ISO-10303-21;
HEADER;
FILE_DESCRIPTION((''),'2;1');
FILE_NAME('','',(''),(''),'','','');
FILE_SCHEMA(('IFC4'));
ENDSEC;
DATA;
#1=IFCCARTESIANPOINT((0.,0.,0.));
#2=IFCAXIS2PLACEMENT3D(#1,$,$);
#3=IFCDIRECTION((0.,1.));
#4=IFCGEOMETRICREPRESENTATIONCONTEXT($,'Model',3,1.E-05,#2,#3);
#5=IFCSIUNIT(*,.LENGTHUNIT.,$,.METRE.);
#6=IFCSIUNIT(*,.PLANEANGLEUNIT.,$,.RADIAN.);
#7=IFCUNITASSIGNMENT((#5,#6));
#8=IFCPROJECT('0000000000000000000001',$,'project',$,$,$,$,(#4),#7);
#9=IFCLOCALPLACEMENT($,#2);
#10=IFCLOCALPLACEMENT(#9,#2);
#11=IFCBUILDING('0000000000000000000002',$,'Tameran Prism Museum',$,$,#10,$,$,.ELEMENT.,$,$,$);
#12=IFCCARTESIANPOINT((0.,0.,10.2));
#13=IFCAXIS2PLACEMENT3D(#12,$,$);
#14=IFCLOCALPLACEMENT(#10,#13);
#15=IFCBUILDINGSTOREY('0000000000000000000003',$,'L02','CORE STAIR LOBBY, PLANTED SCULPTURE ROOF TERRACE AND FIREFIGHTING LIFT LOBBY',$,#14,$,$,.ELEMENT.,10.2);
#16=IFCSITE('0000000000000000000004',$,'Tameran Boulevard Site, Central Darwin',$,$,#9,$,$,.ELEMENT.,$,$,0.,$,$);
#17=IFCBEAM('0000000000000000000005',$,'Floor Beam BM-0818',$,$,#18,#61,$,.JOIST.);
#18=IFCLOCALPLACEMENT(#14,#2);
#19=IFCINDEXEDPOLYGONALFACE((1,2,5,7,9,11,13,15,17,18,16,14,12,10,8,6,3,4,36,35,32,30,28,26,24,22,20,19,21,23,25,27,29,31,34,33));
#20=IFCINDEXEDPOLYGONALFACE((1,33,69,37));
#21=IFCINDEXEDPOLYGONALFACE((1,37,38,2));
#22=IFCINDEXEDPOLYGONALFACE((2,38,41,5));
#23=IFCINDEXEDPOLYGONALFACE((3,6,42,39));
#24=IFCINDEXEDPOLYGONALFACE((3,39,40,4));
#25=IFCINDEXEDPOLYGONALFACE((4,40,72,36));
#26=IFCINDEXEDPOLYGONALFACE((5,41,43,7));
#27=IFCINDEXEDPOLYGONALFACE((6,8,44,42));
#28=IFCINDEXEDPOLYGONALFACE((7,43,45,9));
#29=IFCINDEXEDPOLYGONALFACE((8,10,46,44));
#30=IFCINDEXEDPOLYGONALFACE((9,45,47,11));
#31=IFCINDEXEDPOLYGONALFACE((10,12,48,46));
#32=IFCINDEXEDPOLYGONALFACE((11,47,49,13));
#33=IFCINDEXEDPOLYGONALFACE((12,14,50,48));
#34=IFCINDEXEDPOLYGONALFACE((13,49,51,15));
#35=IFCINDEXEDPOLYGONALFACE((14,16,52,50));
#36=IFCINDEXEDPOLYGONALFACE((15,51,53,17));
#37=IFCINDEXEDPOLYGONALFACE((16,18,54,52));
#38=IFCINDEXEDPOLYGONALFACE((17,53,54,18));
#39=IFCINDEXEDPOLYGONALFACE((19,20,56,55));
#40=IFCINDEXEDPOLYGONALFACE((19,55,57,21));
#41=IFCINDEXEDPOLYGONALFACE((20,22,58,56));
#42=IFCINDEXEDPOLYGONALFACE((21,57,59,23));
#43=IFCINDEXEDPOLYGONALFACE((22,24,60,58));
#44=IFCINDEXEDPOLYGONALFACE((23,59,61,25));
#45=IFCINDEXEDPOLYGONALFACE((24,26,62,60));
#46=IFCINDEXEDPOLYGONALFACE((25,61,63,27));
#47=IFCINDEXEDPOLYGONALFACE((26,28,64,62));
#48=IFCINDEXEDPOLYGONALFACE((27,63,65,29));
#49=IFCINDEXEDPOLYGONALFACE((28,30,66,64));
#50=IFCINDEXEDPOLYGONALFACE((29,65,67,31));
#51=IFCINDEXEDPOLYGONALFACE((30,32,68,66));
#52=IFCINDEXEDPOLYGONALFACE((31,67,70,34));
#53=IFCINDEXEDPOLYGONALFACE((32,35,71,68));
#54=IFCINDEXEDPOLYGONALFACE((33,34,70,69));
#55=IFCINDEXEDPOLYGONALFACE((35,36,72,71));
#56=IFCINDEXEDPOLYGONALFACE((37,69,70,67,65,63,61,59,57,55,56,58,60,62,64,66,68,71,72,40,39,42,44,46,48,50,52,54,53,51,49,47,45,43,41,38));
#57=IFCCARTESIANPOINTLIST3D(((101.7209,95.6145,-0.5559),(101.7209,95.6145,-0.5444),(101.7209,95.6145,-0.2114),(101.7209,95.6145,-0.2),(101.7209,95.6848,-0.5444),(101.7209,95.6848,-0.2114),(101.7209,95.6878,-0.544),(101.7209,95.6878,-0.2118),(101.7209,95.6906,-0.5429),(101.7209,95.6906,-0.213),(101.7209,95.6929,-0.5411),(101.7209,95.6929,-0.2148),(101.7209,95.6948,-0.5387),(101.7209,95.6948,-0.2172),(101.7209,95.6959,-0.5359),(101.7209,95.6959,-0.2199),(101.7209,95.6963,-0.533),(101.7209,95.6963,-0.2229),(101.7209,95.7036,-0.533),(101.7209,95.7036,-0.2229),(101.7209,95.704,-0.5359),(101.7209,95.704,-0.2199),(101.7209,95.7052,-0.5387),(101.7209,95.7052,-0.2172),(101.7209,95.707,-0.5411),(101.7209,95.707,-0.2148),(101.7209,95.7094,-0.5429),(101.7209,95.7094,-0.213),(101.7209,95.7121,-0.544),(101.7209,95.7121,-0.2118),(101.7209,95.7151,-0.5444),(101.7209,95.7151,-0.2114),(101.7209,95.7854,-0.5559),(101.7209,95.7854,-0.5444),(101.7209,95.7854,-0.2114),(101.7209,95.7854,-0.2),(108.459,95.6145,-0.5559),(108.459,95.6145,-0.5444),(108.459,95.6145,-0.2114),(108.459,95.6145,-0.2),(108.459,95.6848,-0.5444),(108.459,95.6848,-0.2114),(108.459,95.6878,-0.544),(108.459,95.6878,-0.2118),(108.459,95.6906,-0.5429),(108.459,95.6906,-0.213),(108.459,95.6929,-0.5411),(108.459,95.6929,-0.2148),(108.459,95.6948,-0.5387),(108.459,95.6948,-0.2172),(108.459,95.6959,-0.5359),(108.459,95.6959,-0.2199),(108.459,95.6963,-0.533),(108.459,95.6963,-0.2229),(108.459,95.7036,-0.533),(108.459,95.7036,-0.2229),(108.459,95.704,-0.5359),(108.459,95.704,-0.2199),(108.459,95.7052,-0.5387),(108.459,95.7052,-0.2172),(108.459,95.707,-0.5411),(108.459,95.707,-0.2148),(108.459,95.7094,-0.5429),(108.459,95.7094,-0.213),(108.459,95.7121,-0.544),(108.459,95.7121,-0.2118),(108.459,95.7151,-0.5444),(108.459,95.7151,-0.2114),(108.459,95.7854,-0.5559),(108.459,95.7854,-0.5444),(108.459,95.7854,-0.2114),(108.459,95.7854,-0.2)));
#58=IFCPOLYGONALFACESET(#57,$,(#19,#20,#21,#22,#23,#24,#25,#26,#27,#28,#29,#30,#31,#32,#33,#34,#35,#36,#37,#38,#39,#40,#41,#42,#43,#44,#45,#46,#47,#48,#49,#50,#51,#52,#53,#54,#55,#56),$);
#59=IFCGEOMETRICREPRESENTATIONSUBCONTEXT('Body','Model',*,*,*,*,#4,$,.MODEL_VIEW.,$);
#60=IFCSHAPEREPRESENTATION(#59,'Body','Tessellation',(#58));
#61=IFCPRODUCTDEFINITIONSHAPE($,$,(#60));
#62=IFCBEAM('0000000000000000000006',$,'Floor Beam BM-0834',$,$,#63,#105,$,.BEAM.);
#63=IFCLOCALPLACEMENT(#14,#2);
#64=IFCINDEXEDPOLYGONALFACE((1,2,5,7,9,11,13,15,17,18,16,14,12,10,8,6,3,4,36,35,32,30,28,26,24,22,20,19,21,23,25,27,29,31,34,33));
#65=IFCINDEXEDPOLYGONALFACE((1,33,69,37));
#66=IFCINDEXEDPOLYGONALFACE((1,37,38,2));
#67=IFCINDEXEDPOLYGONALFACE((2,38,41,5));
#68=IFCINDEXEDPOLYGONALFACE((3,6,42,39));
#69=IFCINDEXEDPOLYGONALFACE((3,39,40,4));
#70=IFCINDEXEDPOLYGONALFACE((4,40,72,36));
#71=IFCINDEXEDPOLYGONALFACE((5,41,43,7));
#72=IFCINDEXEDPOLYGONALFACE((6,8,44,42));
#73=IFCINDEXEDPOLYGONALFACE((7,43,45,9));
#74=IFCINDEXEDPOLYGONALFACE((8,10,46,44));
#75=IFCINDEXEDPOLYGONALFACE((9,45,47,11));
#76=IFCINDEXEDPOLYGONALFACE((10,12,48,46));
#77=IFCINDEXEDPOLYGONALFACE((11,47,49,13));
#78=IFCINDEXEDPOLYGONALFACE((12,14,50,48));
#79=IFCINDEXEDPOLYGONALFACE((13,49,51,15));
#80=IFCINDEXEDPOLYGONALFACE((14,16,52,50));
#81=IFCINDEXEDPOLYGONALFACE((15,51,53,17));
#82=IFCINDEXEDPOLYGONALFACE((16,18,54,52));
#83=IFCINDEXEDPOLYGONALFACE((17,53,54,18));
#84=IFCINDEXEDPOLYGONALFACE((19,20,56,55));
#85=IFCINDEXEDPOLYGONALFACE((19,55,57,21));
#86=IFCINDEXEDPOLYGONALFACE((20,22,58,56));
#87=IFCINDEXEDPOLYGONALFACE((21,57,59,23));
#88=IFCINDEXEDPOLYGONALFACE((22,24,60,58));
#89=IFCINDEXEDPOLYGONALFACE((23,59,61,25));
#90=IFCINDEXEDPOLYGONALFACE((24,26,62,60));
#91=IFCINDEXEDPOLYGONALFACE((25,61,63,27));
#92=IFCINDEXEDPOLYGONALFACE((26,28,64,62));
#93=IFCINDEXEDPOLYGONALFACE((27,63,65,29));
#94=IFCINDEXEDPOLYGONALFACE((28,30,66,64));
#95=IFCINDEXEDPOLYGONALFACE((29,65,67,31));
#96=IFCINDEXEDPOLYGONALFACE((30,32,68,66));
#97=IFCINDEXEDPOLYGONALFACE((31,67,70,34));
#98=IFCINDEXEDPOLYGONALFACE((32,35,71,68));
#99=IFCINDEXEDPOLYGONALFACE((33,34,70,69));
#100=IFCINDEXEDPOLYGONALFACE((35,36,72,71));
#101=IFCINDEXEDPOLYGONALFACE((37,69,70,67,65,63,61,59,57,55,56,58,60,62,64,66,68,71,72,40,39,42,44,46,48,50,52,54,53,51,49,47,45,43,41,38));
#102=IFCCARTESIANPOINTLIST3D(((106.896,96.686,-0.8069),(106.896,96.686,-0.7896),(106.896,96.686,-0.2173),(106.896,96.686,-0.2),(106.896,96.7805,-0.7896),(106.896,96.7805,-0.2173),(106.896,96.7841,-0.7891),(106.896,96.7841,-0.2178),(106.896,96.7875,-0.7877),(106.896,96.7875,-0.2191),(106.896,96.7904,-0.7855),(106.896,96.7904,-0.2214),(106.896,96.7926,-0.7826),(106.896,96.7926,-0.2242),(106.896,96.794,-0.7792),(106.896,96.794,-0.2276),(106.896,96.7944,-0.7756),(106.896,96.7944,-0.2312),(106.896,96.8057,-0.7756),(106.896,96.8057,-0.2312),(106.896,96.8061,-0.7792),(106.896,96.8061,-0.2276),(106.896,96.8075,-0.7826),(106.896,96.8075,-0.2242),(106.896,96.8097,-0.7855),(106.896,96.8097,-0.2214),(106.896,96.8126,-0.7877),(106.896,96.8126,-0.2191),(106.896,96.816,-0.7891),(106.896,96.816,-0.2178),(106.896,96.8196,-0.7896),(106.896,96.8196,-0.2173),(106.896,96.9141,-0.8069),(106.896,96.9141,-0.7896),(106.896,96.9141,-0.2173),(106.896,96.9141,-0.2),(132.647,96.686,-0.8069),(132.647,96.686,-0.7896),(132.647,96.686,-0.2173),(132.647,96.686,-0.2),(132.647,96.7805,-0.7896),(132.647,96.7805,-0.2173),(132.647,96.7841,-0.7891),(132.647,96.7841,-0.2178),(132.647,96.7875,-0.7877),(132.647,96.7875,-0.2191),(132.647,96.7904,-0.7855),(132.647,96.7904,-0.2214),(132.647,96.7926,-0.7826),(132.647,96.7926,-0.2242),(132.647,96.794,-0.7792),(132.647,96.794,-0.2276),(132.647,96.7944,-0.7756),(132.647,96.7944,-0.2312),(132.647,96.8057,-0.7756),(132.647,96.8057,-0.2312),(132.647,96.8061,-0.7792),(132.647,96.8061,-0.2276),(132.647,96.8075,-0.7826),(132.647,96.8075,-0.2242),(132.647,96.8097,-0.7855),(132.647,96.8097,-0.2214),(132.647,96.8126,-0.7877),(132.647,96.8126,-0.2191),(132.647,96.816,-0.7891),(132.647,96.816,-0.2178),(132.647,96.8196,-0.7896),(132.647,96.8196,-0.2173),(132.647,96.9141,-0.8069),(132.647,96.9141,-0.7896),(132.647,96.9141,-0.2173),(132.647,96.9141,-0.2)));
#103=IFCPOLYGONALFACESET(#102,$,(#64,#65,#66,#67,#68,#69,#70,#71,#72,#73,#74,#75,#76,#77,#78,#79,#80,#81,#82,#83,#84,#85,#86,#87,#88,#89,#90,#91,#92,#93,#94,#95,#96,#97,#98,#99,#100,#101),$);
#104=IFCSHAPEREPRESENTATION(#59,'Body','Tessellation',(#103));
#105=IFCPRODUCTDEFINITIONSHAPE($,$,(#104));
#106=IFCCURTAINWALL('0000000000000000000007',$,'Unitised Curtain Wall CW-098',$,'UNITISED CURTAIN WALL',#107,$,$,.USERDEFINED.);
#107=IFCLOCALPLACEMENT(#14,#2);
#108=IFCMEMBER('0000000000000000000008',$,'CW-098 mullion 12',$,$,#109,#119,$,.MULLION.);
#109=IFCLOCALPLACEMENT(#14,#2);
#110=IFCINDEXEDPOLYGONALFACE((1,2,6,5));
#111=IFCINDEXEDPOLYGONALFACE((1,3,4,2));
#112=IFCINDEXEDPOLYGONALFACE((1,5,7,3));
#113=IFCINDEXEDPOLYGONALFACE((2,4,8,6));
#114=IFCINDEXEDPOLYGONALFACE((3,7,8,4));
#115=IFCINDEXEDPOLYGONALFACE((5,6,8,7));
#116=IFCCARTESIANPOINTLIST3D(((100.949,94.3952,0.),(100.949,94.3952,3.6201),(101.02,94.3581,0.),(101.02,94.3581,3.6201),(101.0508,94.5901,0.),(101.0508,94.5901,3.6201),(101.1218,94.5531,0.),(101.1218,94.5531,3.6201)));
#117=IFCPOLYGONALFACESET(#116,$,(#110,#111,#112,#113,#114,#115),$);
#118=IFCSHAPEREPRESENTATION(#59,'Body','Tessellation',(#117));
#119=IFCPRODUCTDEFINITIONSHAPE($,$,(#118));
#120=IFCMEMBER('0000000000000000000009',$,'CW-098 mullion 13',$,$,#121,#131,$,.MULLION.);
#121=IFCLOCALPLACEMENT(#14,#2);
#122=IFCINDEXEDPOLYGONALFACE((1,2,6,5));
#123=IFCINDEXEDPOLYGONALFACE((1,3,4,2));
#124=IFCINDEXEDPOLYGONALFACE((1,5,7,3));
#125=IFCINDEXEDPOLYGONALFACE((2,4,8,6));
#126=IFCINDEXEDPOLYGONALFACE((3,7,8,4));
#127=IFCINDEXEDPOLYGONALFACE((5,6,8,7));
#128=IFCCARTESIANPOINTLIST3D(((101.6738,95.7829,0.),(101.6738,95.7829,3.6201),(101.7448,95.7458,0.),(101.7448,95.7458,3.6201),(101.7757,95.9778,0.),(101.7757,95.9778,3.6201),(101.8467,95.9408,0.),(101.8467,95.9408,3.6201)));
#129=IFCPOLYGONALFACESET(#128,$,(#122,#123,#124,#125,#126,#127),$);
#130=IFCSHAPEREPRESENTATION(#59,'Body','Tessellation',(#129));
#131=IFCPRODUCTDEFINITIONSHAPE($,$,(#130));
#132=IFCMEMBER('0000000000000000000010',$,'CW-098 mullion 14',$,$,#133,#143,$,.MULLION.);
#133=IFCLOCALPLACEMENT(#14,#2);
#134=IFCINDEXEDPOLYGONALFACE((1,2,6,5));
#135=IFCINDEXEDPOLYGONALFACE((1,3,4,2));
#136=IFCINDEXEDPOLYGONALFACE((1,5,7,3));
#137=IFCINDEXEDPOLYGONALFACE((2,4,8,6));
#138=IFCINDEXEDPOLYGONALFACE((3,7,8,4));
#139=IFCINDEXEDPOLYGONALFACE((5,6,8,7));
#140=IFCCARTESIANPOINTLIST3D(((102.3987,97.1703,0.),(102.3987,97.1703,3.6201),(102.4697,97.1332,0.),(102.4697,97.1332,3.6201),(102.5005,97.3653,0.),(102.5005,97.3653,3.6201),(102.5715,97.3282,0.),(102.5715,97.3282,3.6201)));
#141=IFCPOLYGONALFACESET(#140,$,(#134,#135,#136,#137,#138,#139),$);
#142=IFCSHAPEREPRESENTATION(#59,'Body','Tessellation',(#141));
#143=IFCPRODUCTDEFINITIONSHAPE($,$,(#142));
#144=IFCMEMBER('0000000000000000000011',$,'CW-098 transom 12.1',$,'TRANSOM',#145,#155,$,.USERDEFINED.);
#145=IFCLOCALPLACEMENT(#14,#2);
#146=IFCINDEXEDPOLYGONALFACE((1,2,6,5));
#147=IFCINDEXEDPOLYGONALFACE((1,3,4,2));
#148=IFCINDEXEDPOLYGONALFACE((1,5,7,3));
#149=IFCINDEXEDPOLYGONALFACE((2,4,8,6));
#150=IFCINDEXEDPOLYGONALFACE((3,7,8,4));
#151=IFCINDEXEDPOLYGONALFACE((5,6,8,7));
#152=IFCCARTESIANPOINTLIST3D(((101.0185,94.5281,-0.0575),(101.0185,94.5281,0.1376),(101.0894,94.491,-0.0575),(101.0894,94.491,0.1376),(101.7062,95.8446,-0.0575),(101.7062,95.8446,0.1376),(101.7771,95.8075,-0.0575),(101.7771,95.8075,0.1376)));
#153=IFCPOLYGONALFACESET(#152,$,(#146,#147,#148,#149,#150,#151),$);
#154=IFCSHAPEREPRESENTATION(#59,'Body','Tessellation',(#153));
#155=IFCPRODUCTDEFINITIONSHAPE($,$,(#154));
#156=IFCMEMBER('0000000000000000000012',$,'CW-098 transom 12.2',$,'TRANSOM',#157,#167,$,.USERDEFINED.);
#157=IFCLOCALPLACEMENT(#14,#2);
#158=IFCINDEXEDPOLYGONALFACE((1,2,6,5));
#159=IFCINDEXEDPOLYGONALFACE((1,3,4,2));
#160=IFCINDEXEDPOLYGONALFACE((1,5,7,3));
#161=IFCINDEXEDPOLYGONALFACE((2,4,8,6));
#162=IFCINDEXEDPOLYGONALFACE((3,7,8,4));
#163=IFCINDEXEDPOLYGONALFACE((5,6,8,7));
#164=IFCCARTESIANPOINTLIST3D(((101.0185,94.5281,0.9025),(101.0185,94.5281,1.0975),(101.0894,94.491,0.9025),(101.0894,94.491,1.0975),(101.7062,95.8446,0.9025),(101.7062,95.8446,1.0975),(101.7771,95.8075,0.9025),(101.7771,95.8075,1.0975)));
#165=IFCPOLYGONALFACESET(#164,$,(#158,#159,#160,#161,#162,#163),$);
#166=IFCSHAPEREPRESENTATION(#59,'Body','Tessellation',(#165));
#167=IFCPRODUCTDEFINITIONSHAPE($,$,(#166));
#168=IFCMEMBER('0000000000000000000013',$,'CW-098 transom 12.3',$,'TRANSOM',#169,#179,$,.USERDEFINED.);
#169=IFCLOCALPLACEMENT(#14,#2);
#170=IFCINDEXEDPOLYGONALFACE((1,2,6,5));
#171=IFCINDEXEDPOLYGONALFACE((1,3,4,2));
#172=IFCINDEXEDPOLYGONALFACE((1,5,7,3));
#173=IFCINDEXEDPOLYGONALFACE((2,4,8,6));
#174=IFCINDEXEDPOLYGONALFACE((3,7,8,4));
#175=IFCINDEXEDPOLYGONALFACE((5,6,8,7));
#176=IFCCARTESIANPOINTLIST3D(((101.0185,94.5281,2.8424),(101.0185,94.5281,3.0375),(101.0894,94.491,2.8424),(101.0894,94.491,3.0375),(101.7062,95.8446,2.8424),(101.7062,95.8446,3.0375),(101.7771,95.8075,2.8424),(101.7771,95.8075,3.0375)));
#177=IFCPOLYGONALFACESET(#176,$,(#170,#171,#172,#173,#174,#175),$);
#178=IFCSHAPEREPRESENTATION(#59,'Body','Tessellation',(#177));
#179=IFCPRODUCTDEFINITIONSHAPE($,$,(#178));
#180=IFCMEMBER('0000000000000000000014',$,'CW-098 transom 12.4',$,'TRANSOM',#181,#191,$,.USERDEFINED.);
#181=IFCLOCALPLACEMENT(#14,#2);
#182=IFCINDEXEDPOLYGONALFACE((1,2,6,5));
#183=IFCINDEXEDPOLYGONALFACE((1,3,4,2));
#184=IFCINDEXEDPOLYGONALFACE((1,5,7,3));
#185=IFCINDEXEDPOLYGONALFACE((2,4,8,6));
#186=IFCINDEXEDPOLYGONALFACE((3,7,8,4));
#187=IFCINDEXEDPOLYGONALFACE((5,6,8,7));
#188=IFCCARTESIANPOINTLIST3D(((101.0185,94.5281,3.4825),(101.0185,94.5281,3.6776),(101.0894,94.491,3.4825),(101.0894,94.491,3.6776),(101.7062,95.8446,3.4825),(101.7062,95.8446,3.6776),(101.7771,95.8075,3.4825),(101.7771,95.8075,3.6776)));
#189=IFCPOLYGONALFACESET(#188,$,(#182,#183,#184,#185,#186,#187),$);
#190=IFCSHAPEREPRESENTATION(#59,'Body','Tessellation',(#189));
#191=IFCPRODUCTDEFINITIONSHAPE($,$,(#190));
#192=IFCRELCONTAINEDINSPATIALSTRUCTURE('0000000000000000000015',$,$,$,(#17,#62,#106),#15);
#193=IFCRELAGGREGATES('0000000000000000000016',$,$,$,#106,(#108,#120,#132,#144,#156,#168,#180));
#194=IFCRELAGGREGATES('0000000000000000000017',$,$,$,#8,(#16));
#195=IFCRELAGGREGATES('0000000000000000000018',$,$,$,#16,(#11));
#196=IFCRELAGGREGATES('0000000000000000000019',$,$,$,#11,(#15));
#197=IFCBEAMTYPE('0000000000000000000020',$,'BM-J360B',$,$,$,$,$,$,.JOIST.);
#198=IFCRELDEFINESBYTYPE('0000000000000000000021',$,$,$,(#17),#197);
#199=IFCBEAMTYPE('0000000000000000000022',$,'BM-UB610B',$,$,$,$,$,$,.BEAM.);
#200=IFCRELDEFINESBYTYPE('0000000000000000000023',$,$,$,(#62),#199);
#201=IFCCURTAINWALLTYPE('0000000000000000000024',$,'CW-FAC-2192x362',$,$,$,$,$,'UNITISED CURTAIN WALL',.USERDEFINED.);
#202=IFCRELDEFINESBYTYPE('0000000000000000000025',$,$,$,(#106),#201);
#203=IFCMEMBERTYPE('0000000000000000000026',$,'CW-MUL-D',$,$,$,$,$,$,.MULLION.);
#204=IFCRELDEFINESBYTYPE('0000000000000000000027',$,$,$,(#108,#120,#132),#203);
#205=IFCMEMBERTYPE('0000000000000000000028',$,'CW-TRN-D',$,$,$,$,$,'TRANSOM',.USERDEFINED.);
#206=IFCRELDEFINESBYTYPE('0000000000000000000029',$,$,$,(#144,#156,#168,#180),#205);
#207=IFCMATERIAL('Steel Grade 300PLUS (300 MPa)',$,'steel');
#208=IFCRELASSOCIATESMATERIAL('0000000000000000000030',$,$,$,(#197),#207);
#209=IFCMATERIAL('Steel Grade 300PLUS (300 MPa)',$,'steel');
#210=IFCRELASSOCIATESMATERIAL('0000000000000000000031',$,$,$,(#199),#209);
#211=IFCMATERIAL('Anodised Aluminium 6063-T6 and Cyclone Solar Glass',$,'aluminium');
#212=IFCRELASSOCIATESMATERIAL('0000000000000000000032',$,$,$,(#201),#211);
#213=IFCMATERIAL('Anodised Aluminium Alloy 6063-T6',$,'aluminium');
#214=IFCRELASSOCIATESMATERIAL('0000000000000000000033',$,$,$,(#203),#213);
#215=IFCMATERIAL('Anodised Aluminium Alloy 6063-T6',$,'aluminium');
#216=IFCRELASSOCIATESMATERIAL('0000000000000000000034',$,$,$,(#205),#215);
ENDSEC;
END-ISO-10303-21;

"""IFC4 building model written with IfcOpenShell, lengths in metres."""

from ifc_helpers import new_model, si_unit, direction, frame, origin, origin_2d, place, context, subcontext, project, spatial, rectangle, i_section, extrude, material, material_profile, profile_set, type_object, element, aggregate, save


model = new_model("IFC4")

# Units and contexts
model_context = context("Model", 3, precision=1e-05, world=origin(), true_north=direction((0.0, 1.0)))
body_context = subcontext(model_context, "Body", "Model", "MODEL_VIEW")
ifc_project = project(units=[si_unit("LENGTHUNIT", "METRE"), si_unit("PLANEANGLEUNIT", "RADIAN")], contexts=[model_context])

# Site, building, storey
site_placement = place(None, origin())
site = spatial("IfcSite", under=ifc_project, at=site_placement, Name="Tameran Boulevard Site, Central Darwin", CompositionType="ELEMENT", RefElevation=0.0)
building_placement = place(site_placement, origin())
building = spatial("IfcBuilding", under=site, at=building_placement, Name="Tameran Prism Museum", CompositionType="ELEMENT")
storey_placement = place(building_placement, frame((0.0, 0.0, 10.2)))
storey = spatial("IfcBuildingStorey", under=building, at=storey_placement, Name="L02", Description="CORE STAIR LOBBY, PLANTED SCULPTURE ROOF TERRACE AND FIREFIGHTING LIFT LOBBY", CompositionType="ELEMENT", Elevation=10.2)

# Beams
ifc_material_1 = material(Name="Steel Grade 300PLUS (300 MPa)", Category="steel")
ifc_material_profile_1 = material_profile(ifc_material_1, i_section(OverallWidth=0.1709, OverallDepth=0.356, WebThickness=0.0073, FlangeThickness=0.0115, FilletRadius=0.0115, at=origin_2d()))
ifc_profile_set_1 = profile_set([ifc_material_profile_1])
beam_type_1 = type_object("IfcBeamType", Name="BM-J360B", PredefinedType="JOIST", material=ifc_profile_set_1)
beam_1_placement = place(storey_placement, frame((101.7209, 95.7, -0.3779), z_axis=(1.0, 0.0, 0.0), x_axis=(0.0, 1.0, 0.0)))
element("IfcBeam", 1, at=beam_1_placement, inside=storey, type_object=beam_type_1, Name="Floor Beam BM-0818", PredefinedType="JOIST", context=body_context, shape_type="SweptSolid", body=[
    extrude(i_section(OverallWidth=0.1709, OverallDepth=0.356, WebThickness=0.0073, FlangeThickness=0.0115, FilletRadius=0.0115, at=origin_2d()), origin(), (0.0, 0.0, 1.0), 6.738),
])
ifc_material_2 = material(Name="Steel Grade 300PLUS (300 MPa)", Category="steel")
ifc_material_profile_2 = material_profile(ifc_material_2, i_section(OverallWidth=0.228, OverallDepth=0.6069, WebThickness=0.0112, FlangeThickness=0.0173, FilletRadius=0.0139, at=origin_2d()))
ifc_profile_set_2 = profile_set([ifc_material_profile_2])
beam_type_2 = type_object("IfcBeamType", Name="BM-UB610B", PredefinedType="BEAM", material=ifc_profile_set_2)
beam_2_placement = place(storey_placement, frame((106.896, 96.8, -0.5034), z_axis=(1.0, 0.0, 0.0), x_axis=(0.0, 1.0, 0.0)))
element("IfcBeam", 2, at=beam_2_placement, inside=storey, type_object=beam_type_2, Name="Floor Beam BM-0834", PredefinedType="BEAM", context=body_context, shape_type="SweptSolid", body=[
    extrude(i_section(OverallWidth=0.228, OverallDepth=0.6069, WebThickness=0.0112, FlangeThickness=0.0173, FilletRadius=0.0139, at=origin_2d()), origin(), (0.0, 0.0, 1.0), 25.751),
])

# Curtain wall, members
ifc_material_3 = material(Name="Anodised Aluminium 6063-T6 and Cyclone Solar Glass", Category="aluminium")
curtain_wall_type = type_object("IfcCurtainWallType", Name="CW-FAC-2192x362", ElementType="UNITISED CURTAIN WALL", PredefinedType="USERDEFINED", material=ifc_material_3)
curtain_wall_placement = place(storey_placement, origin())
curtain_wall = element("IfcCurtainWall", 3, at=curtain_wall_placement, inside=storey, type_object=curtain_wall_type, Name="Unitised Curtain Wall CW-098", ObjectType="UNITISED CURTAIN WALL", PredefinedType="USERDEFINED")
ifc_material_4 = material(Name="Anodised Aluminium Alloy 6063-T6", Category="aluminium")
ifc_material_profile_3 = material_profile(ifc_material_4, rectangle(XDim=0.0801, YDim=0.22, at=origin_2d()))
ifc_profile_set_3 = profile_set([ifc_material_profile_3])
member_type_1 = type_object("IfcMemberType", Name="CW-MUL-D", PredefinedType="MULLION", material=ifc_profile_set_3)
member_1_placement = place(storey_placement, frame((101.0354, 94.4741, 0.0), z_axis=(0.0, 0.0, 1.0), x_axis=(-0.886357, 0.463003, 0.0)))
member_1 = element("IfcMember", 4, at=member_1_placement, type_object=member_type_1, Name="CW-098 mullion 12", PredefinedType="MULLION", context=body_context, shape_type="SweptSolid", body=[
    extrude(rectangle(XDim=0.0801, YDim=0.22, at=origin_2d()), origin(), (0.0, 0.0, 1.0), 3.6201),
])
member_2_placement = place(storey_placement, frame((101.7603, 95.8618, 0.0), z_axis=(0.0, 0.0, 1.0), x_axis=(-0.886357, 0.463003, 0.0)))
member_2 = element("IfcMember", 5, at=member_2_placement, type_object=member_type_1, Name="CW-098 mullion 13", PredefinedType="MULLION", context=body_context, shape_type="SweptSolid", body=[
    extrude(rectangle(XDim=0.0801, YDim=0.22, at=origin_2d()), origin(), (0.0, 0.0, 1.0), 3.6201),
])
member_3_placement = place(storey_placement, frame((102.4851, 97.2493, 0.0), z_axis=(0.0, 0.0, 1.0), x_axis=(-0.886357, 0.463003, 0.0)))
member_3 = element("IfcMember", 6, at=member_3_placement, type_object=member_type_1, Name="CW-098 mullion 14", PredefinedType="MULLION", context=body_context, shape_type="SweptSolid", body=[
    extrude(rectangle(XDim=0.0801, YDim=0.22, at=origin_2d()), origin(), (0.0, 0.0, 1.0), 3.6201),
])
ifc_material_5 = material(Name="Anodised Aluminium Alloy 6063-T6", Category="aluminium")
ifc_material_profile_4 = material_profile(ifc_material_5, rectangle(XDim=0.0801, YDim=0.1951, at=origin_2d()))
ifc_profile_set_4 = profile_set([ifc_material_profile_4])
member_type_2 = type_object("IfcMemberType", Name="CW-TRN-D", ElementType="TRANSOM", PredefinedType="USERDEFINED", material=ifc_profile_set_4)
member_4_placement = place(storey_placement, frame((101.054, 94.5095, 0.04), z_axis=(0.462987, 0.886365, 0.0), x_axis=(-0.886365, 0.462987, 0.0)))
member_4 = element("IfcMember", 7, at=member_4_placement, type_object=member_type_2, Name="CW-098 transom 12.1", ObjectType="TRANSOM", PredefinedType="USERDEFINED", context=body_context, shape_type="SweptSolid", body=[
    extrude(rectangle(XDim=0.0801, YDim=0.1951, at=origin_2d()), origin(), (0.0, 0.0, 1.0), 1.4854),
])
member_5_placement = place(storey_placement, frame((101.054, 94.5095, 1.0), z_axis=(0.462987, 0.886365, 0.0), x_axis=(-0.886365, 0.462987, 0.0)))
member_5 = element("IfcMember", 8, at=member_5_placement, type_object=member_type_2, Name="CW-098 transom 12.2", ObjectType="TRANSOM", PredefinedType="USERDEFINED", context=body_context, shape_type="SweptSolid", body=[
    extrude(rectangle(XDim=0.0801, YDim=0.1951, at=origin_2d()), origin(), (0.0, 0.0, 1.0), 1.4854),
])
member_6_placement = place(storey_placement, frame((101.054, 94.5095, 2.9399), z_axis=(0.462987, 0.886365, 0.0), x_axis=(-0.886365, 0.462987, 0.0)))
member_6 = element("IfcMember", 9, at=member_6_placement, type_object=member_type_2, Name="CW-098 transom 12.3", ObjectType="TRANSOM", PredefinedType="USERDEFINED", context=body_context, shape_type="SweptSolid", body=[
    extrude(rectangle(XDim=0.0801, YDim=0.1951, at=origin_2d()), origin(), (0.0, 0.0, 1.0), 1.4854),
])
member_7_placement = place(storey_placement, frame((101.054, 94.5095, 3.5801), z_axis=(0.462987, 0.886365, 0.0), x_axis=(-0.886365, 0.462987, 0.0)))
member_7 = element("IfcMember", 10, at=member_7_placement, type_object=member_type_2, Name="CW-098 transom 12.4", ObjectType="TRANSOM", PredefinedType="USERDEFINED", context=body_context, shape_type="SweptSolid", body=[
    extrude(rectangle(XDim=0.0801, YDim=0.1951, at=origin_2d()), origin(), (0.0, 0.0, 1.0), 1.4854),
])
aggregate(curtain_wall, [member_1, member_2, member_3, member_4, member_5, member_6, member_7])

save(model, "model.ifc")
